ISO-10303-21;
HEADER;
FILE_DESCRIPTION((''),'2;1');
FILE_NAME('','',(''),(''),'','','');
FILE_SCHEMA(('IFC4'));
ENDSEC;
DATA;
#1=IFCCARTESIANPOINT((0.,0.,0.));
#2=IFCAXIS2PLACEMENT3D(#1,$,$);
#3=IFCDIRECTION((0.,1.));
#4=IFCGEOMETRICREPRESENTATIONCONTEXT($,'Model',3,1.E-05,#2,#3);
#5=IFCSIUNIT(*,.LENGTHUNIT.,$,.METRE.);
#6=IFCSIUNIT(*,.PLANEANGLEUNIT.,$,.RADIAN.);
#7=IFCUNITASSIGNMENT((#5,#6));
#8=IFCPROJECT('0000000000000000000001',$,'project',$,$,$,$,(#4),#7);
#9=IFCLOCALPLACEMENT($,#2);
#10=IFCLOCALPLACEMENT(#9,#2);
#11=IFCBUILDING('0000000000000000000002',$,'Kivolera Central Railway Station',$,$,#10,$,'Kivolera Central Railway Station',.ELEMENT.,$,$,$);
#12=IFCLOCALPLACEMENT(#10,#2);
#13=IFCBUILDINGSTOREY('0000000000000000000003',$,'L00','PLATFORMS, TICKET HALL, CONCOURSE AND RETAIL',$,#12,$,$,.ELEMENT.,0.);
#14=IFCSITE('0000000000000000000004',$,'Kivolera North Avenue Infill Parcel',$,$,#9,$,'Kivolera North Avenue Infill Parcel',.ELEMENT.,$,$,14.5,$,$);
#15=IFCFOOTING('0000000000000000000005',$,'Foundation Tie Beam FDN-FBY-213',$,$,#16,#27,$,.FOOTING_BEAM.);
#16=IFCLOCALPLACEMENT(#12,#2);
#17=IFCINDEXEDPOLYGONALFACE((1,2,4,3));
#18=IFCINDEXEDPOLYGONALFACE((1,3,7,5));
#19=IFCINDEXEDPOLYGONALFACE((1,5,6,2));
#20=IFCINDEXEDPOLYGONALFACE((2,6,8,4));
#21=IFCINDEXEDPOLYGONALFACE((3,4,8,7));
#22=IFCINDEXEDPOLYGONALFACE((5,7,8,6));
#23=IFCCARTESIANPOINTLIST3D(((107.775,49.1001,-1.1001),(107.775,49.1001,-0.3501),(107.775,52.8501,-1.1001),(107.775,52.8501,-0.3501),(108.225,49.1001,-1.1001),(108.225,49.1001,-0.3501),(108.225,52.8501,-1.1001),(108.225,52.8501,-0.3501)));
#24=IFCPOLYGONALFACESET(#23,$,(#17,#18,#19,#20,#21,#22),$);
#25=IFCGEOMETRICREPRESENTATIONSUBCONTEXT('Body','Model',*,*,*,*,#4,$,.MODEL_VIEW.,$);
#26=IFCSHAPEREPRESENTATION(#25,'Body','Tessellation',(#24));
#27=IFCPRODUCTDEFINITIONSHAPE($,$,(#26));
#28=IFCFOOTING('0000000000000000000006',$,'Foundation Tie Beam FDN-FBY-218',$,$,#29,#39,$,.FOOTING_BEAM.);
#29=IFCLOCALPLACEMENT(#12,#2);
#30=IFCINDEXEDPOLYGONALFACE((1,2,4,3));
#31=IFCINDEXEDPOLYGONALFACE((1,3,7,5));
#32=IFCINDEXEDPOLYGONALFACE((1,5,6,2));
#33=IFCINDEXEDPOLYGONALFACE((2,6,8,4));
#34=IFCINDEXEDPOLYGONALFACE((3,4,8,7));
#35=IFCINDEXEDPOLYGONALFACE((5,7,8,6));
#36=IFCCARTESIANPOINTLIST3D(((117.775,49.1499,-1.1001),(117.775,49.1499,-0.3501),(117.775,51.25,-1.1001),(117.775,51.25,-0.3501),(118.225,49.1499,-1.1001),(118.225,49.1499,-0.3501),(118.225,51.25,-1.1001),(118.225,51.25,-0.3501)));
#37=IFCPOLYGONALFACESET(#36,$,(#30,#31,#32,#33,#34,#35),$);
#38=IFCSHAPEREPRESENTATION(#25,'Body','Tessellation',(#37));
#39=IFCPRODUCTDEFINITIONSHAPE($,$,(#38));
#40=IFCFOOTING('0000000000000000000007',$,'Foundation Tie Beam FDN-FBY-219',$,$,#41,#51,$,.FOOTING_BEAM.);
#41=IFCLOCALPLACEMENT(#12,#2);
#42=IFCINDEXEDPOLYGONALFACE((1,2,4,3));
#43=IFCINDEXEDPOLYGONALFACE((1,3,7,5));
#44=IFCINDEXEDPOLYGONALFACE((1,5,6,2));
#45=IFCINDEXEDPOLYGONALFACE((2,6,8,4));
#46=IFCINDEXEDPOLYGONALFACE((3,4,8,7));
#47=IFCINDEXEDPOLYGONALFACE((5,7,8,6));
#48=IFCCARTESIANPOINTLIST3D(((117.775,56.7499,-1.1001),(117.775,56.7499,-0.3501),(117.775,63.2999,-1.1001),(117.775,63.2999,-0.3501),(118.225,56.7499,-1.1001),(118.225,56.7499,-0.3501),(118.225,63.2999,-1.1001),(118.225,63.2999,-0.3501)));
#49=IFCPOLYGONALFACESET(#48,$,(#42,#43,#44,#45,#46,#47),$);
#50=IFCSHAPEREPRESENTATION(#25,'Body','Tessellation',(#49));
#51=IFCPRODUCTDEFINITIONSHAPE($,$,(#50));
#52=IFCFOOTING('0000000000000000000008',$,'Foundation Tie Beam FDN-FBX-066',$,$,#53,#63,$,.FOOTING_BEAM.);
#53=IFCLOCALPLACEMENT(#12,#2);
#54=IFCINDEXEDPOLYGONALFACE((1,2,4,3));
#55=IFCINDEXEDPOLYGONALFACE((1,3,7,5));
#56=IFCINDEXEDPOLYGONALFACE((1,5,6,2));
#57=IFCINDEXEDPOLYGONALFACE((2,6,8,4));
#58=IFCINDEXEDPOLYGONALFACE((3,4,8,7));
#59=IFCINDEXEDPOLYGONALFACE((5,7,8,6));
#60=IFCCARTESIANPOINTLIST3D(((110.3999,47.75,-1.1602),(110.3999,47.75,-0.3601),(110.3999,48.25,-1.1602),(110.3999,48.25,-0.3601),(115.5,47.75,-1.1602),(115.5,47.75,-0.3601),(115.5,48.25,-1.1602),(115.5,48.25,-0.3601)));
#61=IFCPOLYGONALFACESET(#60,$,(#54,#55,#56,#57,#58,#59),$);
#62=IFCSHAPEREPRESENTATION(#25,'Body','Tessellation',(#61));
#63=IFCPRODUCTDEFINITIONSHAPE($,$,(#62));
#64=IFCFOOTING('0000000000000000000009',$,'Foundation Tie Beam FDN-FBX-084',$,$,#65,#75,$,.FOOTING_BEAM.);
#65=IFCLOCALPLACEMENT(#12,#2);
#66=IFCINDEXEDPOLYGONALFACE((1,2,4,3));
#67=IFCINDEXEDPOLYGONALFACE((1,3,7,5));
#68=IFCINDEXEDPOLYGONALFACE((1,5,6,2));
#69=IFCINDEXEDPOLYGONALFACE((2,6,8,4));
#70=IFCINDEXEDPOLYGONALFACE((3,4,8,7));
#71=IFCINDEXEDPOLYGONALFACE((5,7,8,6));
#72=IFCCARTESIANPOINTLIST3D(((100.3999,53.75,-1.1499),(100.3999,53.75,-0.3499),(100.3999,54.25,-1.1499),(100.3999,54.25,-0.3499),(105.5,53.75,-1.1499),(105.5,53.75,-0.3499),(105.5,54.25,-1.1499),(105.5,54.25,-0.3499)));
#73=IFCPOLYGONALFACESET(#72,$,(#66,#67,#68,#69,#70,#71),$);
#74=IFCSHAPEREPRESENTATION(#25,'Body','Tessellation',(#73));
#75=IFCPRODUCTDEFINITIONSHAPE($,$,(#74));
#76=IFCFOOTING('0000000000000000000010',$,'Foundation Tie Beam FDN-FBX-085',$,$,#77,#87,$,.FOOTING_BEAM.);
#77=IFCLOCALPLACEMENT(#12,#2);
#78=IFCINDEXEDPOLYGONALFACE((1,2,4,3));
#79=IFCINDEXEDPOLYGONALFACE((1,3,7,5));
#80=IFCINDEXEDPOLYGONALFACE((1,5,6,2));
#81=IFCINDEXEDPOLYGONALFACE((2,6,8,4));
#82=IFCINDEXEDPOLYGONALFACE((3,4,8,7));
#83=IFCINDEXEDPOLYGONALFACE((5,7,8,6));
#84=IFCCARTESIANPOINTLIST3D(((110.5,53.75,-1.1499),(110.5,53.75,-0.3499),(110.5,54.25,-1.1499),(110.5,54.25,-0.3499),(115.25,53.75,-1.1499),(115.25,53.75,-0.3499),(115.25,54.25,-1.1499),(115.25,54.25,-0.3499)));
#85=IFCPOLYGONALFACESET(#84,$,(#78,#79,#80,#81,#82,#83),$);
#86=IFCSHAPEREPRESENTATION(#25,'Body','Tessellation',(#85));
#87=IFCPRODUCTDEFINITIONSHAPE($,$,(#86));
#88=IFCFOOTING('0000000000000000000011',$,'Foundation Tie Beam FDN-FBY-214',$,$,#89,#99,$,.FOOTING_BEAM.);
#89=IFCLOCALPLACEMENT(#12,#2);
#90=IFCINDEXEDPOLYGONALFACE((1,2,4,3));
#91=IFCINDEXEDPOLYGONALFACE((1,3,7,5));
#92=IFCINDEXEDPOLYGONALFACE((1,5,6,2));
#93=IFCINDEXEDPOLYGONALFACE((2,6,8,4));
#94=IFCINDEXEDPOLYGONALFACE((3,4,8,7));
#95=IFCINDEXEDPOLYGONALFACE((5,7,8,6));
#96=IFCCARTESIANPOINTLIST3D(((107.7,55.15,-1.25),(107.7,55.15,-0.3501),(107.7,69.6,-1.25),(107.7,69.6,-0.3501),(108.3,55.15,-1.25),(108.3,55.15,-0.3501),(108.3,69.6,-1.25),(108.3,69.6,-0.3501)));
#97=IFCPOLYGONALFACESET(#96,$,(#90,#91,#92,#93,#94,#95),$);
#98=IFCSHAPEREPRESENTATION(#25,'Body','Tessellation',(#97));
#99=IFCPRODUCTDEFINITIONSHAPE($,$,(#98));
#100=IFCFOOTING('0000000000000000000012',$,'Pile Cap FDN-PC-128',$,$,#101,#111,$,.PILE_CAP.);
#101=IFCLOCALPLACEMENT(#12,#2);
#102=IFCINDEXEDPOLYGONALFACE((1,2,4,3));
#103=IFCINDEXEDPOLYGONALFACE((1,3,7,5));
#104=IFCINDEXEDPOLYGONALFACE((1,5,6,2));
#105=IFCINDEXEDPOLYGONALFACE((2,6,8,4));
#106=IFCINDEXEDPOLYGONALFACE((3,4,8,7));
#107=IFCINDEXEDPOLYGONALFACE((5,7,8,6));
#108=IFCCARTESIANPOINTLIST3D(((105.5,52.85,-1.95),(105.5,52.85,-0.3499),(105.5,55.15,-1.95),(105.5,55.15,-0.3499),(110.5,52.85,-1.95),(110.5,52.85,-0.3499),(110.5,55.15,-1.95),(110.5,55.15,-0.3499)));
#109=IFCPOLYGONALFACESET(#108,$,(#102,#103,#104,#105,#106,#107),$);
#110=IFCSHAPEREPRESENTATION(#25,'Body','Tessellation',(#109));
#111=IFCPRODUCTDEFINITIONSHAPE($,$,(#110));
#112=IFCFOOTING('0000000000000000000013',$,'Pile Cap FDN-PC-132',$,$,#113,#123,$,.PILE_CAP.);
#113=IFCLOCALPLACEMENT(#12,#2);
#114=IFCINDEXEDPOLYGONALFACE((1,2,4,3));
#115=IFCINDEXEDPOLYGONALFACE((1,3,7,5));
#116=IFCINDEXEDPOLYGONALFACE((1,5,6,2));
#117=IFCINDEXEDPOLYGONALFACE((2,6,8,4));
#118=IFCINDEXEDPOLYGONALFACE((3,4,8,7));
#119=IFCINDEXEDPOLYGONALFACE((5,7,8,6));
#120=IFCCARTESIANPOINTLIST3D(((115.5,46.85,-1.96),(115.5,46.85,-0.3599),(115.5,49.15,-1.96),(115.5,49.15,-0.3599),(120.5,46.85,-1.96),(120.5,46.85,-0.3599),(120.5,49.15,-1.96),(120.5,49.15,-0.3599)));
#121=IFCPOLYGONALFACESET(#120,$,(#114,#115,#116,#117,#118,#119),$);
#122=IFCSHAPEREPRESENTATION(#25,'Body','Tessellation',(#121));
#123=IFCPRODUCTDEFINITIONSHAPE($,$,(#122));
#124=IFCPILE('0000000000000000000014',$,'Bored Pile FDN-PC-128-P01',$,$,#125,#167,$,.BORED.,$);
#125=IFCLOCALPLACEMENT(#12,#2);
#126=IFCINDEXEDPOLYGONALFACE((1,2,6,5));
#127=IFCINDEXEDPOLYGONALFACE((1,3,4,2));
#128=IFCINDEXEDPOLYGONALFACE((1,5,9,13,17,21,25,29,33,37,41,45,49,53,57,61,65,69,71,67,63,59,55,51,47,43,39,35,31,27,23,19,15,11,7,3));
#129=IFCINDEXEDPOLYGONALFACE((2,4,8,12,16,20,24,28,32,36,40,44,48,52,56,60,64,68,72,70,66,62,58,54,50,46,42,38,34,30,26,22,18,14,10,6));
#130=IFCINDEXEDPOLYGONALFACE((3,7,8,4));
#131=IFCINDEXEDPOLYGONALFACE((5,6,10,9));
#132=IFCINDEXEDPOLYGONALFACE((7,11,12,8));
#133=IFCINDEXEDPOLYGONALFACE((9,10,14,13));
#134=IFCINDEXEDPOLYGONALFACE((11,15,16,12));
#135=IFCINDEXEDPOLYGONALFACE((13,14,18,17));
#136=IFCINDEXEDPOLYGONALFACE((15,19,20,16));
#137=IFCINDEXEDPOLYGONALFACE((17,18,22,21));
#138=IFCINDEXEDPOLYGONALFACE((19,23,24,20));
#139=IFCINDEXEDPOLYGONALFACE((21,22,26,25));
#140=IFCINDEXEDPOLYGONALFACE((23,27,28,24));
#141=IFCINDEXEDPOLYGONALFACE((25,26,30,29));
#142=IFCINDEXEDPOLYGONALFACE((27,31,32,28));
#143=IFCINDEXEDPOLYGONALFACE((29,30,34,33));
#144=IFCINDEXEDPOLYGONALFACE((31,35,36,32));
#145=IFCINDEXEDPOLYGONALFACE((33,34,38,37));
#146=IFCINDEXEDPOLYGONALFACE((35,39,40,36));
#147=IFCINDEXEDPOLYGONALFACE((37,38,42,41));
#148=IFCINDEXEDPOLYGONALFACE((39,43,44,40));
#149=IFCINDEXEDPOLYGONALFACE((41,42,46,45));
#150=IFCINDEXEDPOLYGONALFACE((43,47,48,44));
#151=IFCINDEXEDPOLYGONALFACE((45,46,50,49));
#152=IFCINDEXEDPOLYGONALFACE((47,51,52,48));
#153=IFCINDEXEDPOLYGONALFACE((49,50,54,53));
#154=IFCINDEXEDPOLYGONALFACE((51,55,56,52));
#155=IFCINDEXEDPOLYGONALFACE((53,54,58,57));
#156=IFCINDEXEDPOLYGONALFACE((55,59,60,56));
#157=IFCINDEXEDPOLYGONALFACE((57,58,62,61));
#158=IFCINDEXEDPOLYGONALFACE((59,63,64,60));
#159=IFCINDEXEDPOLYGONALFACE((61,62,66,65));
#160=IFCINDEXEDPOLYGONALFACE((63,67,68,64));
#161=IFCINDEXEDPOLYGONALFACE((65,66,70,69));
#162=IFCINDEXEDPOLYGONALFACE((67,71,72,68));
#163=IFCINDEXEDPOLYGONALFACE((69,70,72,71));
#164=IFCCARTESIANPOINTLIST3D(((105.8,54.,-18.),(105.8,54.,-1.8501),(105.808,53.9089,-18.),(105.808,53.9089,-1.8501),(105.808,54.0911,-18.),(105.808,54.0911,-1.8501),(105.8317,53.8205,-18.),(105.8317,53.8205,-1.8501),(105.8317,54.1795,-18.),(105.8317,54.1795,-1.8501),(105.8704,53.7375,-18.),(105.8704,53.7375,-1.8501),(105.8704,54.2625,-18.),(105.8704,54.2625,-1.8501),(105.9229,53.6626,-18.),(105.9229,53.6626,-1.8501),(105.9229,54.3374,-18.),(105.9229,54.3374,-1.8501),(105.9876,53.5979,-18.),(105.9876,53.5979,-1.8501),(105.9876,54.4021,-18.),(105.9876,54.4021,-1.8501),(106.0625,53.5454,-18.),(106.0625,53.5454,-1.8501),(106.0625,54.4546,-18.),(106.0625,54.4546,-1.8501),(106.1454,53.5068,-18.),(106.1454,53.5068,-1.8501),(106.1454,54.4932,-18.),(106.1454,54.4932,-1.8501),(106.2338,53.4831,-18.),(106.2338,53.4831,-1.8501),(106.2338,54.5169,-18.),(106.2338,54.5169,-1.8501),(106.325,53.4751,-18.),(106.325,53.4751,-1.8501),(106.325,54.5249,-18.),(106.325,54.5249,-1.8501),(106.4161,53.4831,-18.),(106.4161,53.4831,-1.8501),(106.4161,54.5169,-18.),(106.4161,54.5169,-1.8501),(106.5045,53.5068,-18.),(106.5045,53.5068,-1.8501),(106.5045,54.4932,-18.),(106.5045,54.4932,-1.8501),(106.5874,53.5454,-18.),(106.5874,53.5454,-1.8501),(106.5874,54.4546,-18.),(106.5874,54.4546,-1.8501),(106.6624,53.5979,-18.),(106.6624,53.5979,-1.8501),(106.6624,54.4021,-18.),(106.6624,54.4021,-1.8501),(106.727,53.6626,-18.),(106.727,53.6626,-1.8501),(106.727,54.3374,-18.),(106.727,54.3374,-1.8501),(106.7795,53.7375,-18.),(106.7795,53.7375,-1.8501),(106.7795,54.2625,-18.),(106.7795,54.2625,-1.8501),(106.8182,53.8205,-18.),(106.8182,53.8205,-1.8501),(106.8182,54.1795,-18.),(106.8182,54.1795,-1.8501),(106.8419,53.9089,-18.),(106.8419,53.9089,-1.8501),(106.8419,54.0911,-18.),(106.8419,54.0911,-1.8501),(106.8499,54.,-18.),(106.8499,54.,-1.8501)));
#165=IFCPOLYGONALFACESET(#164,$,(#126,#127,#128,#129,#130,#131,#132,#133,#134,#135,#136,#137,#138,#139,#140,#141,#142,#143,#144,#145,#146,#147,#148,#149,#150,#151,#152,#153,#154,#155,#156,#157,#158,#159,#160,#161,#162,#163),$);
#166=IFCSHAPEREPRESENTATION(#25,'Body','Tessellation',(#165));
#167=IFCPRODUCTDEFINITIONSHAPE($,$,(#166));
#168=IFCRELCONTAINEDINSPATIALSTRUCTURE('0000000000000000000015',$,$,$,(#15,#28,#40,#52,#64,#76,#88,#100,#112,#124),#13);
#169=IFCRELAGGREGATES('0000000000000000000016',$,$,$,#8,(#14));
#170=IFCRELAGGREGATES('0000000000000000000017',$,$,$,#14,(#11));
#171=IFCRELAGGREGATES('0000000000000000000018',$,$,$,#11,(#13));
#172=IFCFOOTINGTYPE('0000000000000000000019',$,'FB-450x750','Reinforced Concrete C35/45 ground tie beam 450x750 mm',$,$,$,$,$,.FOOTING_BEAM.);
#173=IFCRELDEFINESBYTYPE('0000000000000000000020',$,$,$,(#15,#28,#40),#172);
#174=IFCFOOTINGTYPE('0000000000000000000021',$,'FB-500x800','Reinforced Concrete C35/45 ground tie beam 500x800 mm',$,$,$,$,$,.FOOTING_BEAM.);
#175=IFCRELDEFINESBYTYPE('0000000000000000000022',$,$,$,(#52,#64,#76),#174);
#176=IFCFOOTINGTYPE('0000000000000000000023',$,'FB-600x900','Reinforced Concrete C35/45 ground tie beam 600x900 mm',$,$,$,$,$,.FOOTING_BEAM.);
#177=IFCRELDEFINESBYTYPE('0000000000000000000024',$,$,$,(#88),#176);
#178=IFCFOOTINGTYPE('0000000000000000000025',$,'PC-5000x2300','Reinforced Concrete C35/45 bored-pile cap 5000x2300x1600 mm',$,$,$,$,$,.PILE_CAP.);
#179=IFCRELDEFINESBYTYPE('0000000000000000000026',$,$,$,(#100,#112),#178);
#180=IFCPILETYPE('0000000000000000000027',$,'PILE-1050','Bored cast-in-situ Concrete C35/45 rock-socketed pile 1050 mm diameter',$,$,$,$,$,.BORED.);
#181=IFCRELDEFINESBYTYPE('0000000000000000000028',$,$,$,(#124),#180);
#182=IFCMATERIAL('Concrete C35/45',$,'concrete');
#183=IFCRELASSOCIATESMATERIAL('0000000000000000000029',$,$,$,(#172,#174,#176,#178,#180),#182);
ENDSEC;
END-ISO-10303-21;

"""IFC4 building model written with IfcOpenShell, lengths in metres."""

from ifc_helpers import new_model, si_unit, direction, frame, origin, origin_2d, place, context, subcontext, project, spatial, rectangle, circle, extrude, material, material_profile, profile_set, type_object, element, save


model = new_model("IFC4")

# Units and contexts
model_context = context("Model", 3, precision=1e-05, world=origin(), true_north=direction((0.0, 1.0)))
body_context = subcontext(model_context, "Body", "Model", "MODEL_VIEW")
ifc_project = project(units=[si_unit("LENGTHUNIT", "METRE"), si_unit("PLANEANGLEUNIT", "RADIAN")], contexts=[model_context])

# Site, building, storey
site_placement = place(None, origin())
site = spatial("IfcSite", under=ifc_project, at=site_placement, Name="Kivolera North Avenue Infill Parcel", LongName="Kivolera North Avenue Infill Parcel", CompositionType="ELEMENT", RefElevation=14.5)
building_placement = place(site_placement, origin())
building = spatial("IfcBuilding", under=site, at=building_placement, Name="Kivolera Central Railway Station", LongName="Kivolera Central Railway Station", CompositionType="ELEMENT")
storey_placement = place(building_placement, origin())
storey = spatial("IfcBuildingStorey", under=building, at=storey_placement, Name="L00", Description="PLATFORMS, TICKET HALL, CONCOURSE AND RETAIL", CompositionType="ELEMENT", Elevation=0.0)

# Footings
ifc_material_1 = material(Name="Concrete C35/45", Category="concrete")
footing_type_1 = type_object("IfcFootingType", Name="FB-450x750", Description="Reinforced Concrete C35/45 ground tie beam 450x750 mm", PredefinedType="FOOTING_BEAM", material=ifc_material_1)
footing_1_placement = place(storey_placement, frame((108.0, 50.9751, -1.1001), z_axis=(0.0, 0.0, 1.0), x_axis=(1.0, 0.0, 0.0)))
element("IfcFooting", 1, at=footing_1_placement, inside=storey, type_object=footing_type_1, Name="Foundation Tie Beam FDN-FBY-213", PredefinedType="FOOTING_BEAM", context=body_context, shape_type="SweptSolid", body=[
    extrude(rectangle(XDim=0.45, YDim=3.75, at=origin_2d()), origin(), (0.0, 0.0, 1.0), 0.75),
])
footing_2_placement = place(storey_placement, frame((118.0, 50.2, -1.1001), z_axis=(0.0, 0.0, 1.0), x_axis=(1.0, 0.0, 0.0)))
element("IfcFooting", 2, at=footing_2_placement, inside=storey, type_object=footing_type_1, Name="Foundation Tie Beam FDN-FBY-218", PredefinedType="FOOTING_BEAM", context=body_context, shape_type="SweptSolid", body=[
    extrude(rectangle(XDim=0.45, YDim=2.1001, at=origin_2d()), origin(), (0.0, 0.0, 1.0), 0.75),
])
footing_3_placement = place(storey_placement, frame((118.0, 60.0249, -1.1001), z_axis=(0.0, 0.0, 1.0), x_axis=(1.0, 0.0, 0.0)))
element("IfcFooting", 3, at=footing_3_placement, inside=storey, type_object=footing_type_1, Name="Foundation Tie Beam FDN-FBY-219", PredefinedType="FOOTING_BEAM", context=body_context, shape_type="SweptSolid", body=[
    extrude(rectangle(XDim=0.45, YDim=6.55, at=origin_2d()), origin(), (0.0, 0.0, 1.0), 0.75),
])
footing_type_2 = type_object("IfcFootingType", Name="FB-500x800", Description="Reinforced Concrete C35/45 ground tie beam 500x800 mm", PredefinedType="FOOTING_BEAM", material=ifc_material_1)
for number, where, z_axis, x_axis, name in (
    (4, (112.95, 48.0, -1.1602), (0.0, 0.0, 1.0), (1.0, 0.0, 0.0), "Foundation Tie Beam FDN-FBX-066"),
    (5, (102.95, 54.0, -1.1499), (0.0, 0.0, 1.0), (1.0, 0.0, 0.0), "Foundation Tie Beam FDN-FBX-084"),
):
    element("IfcFooting", number, at=place(storey_placement, frame(where, z_axis=z_axis, x_axis=x_axis)), inside=storey, type_object=footing_type_2, Name=name, PredefinedType="FOOTING_BEAM", context=body_context, shape_type="SweptSolid", body=[
        extrude(rectangle(XDim=5.1001, YDim=0.5, at=origin_2d()), origin(), (0.0, 0.0, 1.0), 0.8),
    ])
footing_4_placement = place(storey_placement, frame((112.875, 54.0, -1.1499), z_axis=(0.0, 0.0, 1.0), x_axis=(1.0, 0.0, 0.0)))
element("IfcFooting", 6, at=footing_4_placement, inside=storey, type_object=footing_type_2, Name="Foundation Tie Beam FDN-FBX-085", PredefinedType="FOOTING_BEAM", context=body_context, shape_type="SweptSolid", body=[
    extrude(rectangle(XDim=4.75, YDim=0.5, at=origin_2d()), origin(), (0.0, 0.0, 1.0), 0.8),
])
footing_type_3 = type_object("IfcFootingType", Name="FB-600x900", Description="Reinforced Concrete C35/45 ground tie beam 600x900 mm", PredefinedType="FOOTING_BEAM", material=ifc_material_1)
footing_5_placement = place(storey_placement, frame((108.0, 62.375, -1.25), z_axis=(0.0, 0.0, 1.0), x_axis=(1.0, 0.0, 0.0)))
element("IfcFooting", 7, at=footing_5_placement, inside=storey, type_object=footing_type_3, Name="Foundation Tie Beam FDN-FBY-214", PredefinedType="FOOTING_BEAM", context=body_context, shape_type="SweptSolid", body=[
    extrude(rectangle(XDim=0.6001, YDim=14.45, at=origin_2d()), origin(), (0.0, 0.0, 1.0), 0.8999),
])
footing_type_4 = type_object("IfcFootingType", Name="PC-5000x2300", Description="Reinforced Concrete C35/45 bored-pile cap 5000x2300x1600 mm", PredefinedType="PILE_CAP", material=ifc_material_1)
for number, where, z_axis, x_axis, name in (
    (8, (108.0, 54.0, -1.95), (0.0, 0.0, 1.0), (1.0, 0.0, 0.0), "Pile Cap FDN-PC-128"),
    (9, (118.0, 48.0, -1.96), (0.0, 0.0, 1.0), (1.0, 0.0, 0.0), "Pile Cap FDN-PC-132"),
):
    element("IfcFooting", number, at=place(storey_placement, frame(where, z_axis=z_axis, x_axis=x_axis)), inside=storey, type_object=footing_type_4, Name=name, PredefinedType="PILE_CAP", context=body_context, shape_type="SweptSolid", body=[
        extrude(rectangle(XDim=5.0, YDim=2.3, at=origin_2d()), origin(), (0.0, 0.0, 1.0), 1.6001),
    ])

# Pile
ifc_material_profile_1 = material_profile(ifc_material_1, circle(Radius=0.5249, at=origin_2d()), Name="PILE D1050")
ifc_profile_set_1 = profile_set([ifc_material_profile_1], Name="Concrete C35/45")
pile_type_1 = type_object("IfcPileType", Name="PILE-1050", Description="Bored cast-in-situ Concrete C35/45 rock-socketed pile 1050 mm diameter", PredefinedType="BORED", material=ifc_profile_set_1)
for number, where, z_axis, x_axis, name in (
    (10, (106.325, 54.0, -1.8501), (0.0, 0.0, -1.0), (1.0, 0.0, 0.0), "Bored Pile FDN-PC-128-P01"),
):
    element("IfcPile", number, at=place(storey_placement, frame(where, z_axis=z_axis, x_axis=x_axis)), inside=storey, type_object=pile_type_1, Name=name, PredefinedType="BORED", context=body_context, shape_type="SweptSolid", body=[
        extrude(circle(Radius=0.5249, at=origin_2d()), origin(), (0.0, 0.0, 1.0), 16.1499),
    ])

save(model, "model.ifc")
